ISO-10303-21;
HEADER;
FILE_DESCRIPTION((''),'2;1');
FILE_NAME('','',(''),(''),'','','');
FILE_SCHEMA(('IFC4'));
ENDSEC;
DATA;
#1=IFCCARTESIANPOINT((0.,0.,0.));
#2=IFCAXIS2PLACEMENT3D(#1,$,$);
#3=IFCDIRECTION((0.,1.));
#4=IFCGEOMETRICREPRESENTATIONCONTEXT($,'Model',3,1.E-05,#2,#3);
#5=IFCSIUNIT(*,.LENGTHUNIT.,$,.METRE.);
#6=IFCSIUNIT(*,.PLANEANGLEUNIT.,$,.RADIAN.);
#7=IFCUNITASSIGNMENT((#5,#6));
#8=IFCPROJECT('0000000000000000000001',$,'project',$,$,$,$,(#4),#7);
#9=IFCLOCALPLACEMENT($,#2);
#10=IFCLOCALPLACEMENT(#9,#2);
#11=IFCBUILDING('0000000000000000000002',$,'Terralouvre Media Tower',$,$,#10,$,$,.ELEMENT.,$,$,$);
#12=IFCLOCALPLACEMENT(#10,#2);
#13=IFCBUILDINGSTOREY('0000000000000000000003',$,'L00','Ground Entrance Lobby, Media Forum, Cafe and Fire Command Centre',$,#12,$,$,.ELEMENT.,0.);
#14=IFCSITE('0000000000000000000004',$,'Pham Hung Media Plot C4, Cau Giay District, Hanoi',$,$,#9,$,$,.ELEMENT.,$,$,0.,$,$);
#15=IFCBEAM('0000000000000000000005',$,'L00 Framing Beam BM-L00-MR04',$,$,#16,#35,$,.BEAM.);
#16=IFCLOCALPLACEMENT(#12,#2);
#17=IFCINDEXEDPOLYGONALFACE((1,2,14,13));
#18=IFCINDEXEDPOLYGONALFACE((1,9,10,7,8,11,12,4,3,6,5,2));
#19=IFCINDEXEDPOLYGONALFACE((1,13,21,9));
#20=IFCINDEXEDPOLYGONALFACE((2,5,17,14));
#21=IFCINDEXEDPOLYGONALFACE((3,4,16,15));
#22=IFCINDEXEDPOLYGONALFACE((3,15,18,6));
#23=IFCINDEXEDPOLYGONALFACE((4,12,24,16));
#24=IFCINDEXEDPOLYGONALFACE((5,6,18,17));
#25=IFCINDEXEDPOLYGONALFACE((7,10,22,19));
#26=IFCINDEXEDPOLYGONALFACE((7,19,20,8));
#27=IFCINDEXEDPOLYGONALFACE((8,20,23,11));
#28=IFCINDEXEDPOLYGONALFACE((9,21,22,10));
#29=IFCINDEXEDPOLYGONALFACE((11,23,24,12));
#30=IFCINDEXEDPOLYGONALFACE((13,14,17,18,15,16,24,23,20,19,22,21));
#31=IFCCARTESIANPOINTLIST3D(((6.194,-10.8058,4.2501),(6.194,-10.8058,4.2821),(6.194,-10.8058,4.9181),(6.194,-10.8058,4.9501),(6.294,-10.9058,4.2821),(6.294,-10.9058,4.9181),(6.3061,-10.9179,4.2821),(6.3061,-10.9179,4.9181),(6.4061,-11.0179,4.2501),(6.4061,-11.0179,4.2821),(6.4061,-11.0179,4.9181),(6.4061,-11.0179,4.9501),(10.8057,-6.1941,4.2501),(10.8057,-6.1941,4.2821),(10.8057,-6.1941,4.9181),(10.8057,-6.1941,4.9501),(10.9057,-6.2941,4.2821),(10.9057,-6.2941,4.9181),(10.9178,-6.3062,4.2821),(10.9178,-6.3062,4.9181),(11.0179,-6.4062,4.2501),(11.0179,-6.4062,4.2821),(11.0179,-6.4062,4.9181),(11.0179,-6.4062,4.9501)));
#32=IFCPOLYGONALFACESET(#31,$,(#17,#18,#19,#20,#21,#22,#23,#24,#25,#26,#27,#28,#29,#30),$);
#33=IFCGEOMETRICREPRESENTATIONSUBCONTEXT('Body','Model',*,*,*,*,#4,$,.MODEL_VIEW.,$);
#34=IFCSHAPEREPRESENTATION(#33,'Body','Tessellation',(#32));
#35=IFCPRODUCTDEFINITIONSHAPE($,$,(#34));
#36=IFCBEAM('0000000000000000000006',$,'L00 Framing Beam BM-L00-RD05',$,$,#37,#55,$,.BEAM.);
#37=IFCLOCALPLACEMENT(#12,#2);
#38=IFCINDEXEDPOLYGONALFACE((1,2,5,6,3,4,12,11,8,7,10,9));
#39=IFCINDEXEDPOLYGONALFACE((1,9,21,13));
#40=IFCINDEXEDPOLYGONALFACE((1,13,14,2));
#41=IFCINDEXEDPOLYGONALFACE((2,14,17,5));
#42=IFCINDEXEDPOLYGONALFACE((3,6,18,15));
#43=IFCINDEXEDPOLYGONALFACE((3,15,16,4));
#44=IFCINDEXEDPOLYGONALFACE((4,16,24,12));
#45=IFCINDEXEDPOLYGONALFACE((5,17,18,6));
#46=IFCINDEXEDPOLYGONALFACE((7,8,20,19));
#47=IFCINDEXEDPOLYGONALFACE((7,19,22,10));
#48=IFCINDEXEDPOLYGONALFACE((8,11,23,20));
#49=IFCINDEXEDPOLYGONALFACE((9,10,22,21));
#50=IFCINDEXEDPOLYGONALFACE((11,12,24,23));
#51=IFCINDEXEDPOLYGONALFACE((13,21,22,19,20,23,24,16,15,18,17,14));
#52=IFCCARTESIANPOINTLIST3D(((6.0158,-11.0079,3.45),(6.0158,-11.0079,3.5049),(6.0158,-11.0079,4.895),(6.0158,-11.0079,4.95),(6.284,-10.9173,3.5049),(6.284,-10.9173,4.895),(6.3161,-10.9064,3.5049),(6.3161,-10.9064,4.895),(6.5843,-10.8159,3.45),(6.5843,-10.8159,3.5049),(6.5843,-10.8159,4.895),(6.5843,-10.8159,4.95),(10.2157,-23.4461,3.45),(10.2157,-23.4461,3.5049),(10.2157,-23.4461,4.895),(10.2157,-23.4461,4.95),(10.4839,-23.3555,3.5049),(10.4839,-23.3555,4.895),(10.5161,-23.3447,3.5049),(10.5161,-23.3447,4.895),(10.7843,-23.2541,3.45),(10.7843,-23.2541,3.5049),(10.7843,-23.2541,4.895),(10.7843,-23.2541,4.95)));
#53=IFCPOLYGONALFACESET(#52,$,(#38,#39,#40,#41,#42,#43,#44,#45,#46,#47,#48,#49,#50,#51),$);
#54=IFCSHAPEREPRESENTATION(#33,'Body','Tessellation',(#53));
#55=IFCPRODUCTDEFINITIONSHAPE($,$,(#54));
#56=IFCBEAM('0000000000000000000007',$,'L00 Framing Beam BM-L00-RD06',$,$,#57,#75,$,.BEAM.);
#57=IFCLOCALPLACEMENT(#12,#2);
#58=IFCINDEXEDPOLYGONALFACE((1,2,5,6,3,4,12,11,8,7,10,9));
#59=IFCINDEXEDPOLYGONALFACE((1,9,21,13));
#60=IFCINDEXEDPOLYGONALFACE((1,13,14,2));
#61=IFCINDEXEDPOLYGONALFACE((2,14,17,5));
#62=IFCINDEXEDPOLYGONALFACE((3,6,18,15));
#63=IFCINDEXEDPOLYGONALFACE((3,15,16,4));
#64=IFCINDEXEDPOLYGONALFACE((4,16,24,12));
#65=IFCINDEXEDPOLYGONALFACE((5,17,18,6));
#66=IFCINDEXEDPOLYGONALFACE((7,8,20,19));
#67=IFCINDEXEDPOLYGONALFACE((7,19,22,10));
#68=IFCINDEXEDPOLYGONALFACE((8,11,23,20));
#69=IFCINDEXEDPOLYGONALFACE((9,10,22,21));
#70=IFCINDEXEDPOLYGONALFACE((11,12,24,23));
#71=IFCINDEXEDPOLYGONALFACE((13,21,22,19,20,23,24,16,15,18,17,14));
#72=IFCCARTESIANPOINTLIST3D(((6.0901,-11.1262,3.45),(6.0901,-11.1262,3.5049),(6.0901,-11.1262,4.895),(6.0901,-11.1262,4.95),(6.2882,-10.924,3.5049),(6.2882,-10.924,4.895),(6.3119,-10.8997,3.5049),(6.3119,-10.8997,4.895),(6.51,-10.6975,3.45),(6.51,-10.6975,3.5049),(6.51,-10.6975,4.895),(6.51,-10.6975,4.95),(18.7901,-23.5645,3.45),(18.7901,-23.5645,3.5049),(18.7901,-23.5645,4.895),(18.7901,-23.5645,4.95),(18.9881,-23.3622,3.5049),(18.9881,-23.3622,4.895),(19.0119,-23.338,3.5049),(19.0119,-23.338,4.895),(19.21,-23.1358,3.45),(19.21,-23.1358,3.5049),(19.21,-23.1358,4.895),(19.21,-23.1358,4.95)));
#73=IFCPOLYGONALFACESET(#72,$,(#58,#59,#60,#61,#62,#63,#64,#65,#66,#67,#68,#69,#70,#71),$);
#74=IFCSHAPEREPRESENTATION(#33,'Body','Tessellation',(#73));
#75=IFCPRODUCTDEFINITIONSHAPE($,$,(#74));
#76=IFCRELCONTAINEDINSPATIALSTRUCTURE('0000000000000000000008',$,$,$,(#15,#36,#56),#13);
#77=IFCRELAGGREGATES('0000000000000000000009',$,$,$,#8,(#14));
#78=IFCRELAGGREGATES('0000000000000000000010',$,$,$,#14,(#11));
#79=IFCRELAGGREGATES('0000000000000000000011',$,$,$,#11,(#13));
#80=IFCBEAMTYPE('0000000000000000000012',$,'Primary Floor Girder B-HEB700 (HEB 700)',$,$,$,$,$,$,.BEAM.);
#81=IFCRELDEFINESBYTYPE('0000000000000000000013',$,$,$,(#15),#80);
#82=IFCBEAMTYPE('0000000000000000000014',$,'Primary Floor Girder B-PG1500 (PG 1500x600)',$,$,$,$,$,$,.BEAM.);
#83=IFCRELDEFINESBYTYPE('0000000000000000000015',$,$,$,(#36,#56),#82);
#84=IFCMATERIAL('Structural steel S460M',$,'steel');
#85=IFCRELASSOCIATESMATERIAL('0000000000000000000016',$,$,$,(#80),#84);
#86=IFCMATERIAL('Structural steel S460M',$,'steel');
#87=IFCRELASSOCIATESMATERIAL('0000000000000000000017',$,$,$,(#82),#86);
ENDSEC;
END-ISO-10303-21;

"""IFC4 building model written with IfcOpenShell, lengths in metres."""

from ifc_helpers import new_model, si_unit, direction, frame, origin, origin_2d, place, context, subcontext, project, spatial, i_section, extrude, material, material_profile, profile_set, type_object, element, save


model = new_model("IFC4")

# Units and contexts
model_context = context("Model", 3, precision=1e-05, world=origin(), true_north=direction((0.0, 1.0)))
body_context = subcontext(model_context, "Body", "Model", "MODEL_VIEW")
ifc_project = project(units=[si_unit("LENGTHUNIT", "METRE"), si_unit("PLANEANGLEUNIT", "RADIAN")], contexts=[model_context])

# Site, building, storey
site_placement = place(None, origin())
site = spatial("IfcSite", under=ifc_project, at=site_placement, Name="Pham Hung Media Plot C4, Cau Giay District, Hanoi", CompositionType="ELEMENT", RefElevation=0.0)
building_placement = place(site_placement, origin())
building = spatial("IfcBuilding", under=site, at=building_placement, Name="Terralouvre Media Tower", CompositionType="ELEMENT")
storey_placement = place(building_placement, origin())
storey = spatial("IfcBuildingStorey", under=building, at=storey_placement, Name="L00", Description="Ground Entrance Lobby, Media Forum, Cafe and Fire Command Centre", CompositionType="ELEMENT", Elevation=0.0)

# Beams
ifc_material_1 = material(Name="Structural steel S460M", Category="steel")
ifc_material_profile_1 = material_profile(ifc_material_1, i_section(OverallWidth=0.3, OverallDepth=0.7, WebThickness=0.0171, FlangeThickness=0.032, at=origin_2d()), Name="HEB 700")
ifc_profile_set_1 = profile_set([ifc_material_profile_1], Name="Structural steel S460M")
beam_type_1 = type_object("IfcBeamType", Name="Primary Floor Girder B-HEB700 (HEB 700)", PredefinedType="BEAM", material=ifc_profile_set_1)
beam_1_placement = place(storey_placement, frame((6.3, -10.9119, 4.6001), z_axis=(0.707107, 0.707107, 0.0), x_axis=(-0.707107, 0.707107, 0.0)))
element("IfcBeam", 1, at=beam_1_placement, inside=storey, type_object=beam_type_1, Name="L00 Framing Beam BM-L00-MR04", PredefinedType="BEAM", context=body_context, shape_type="SweptSolid", body=[
    extrude(i_section(OverallWidth=0.3, OverallDepth=0.7, WebThickness=0.0171, FlangeThickness=0.032, at=origin_2d()), origin(), (0.0, 0.0, 1.0), 6.522),
])
ifc_material_2 = material(Name="Structural steel S460M", Category="steel")
ifc_material_profile_2 = material_profile(ifc_material_2, i_section(OverallWidth=0.6001, OverallDepth=1.5, WebThickness=0.0339, FlangeThickness=0.0549, at=origin_2d()), Name="PG 1500x600")
ifc_profile_set_2 = profile_set([ifc_material_profile_2], Name="Structural steel S460M")
beam_type_2 = type_object("IfcBeamType", Name="Primary Floor Girder B-PG1500 (PG 1500x600)", PredefinedType="BEAM", material=ifc_profile_set_2)
beam_2_placement = place(storey_placement, frame((6.3, -10.9119, 4.2), z_axis=(0.319919, -0.947445, 0.0), x_axis=(0.947445, 0.319919, 0.0)))
element("IfcBeam", 2, at=beam_2_placement, inside=storey, type_object=beam_type_2, Name="L00 Framing Beam BM-L00-RD05", PredefinedType="BEAM", context=body_context, shape_type="SweptSolid", body=[
    extrude(i_section(OverallWidth=0.6001, OverallDepth=1.5, WebThickness=0.0339, FlangeThickness=0.0549, at=origin_2d()), origin(), (0.0, 0.0, 1.0), 13.1282),
])
beam_3_placement = place(storey_placement, frame((6.3, -10.9119, 4.2), z_axis=(0.71443, -0.699707, 0.0), x_axis=(0.699707, 0.71443, 0.0)))
element("IfcBeam", 3, at=beam_3_placement, inside=storey, type_object=beam_type_2, Name="L00 Framing Beam BM-L00-RD06", PredefinedType="BEAM", context=body_context, shape_type="SweptSolid", body=[
    extrude(i_section(OverallWidth=0.6001, OverallDepth=1.5, WebThickness=0.0339, FlangeThickness=0.0549, at=origin_2d()), origin(), (0.0, 0.0, 1.0), 17.7764),
])

save(model, "model.ifc")
